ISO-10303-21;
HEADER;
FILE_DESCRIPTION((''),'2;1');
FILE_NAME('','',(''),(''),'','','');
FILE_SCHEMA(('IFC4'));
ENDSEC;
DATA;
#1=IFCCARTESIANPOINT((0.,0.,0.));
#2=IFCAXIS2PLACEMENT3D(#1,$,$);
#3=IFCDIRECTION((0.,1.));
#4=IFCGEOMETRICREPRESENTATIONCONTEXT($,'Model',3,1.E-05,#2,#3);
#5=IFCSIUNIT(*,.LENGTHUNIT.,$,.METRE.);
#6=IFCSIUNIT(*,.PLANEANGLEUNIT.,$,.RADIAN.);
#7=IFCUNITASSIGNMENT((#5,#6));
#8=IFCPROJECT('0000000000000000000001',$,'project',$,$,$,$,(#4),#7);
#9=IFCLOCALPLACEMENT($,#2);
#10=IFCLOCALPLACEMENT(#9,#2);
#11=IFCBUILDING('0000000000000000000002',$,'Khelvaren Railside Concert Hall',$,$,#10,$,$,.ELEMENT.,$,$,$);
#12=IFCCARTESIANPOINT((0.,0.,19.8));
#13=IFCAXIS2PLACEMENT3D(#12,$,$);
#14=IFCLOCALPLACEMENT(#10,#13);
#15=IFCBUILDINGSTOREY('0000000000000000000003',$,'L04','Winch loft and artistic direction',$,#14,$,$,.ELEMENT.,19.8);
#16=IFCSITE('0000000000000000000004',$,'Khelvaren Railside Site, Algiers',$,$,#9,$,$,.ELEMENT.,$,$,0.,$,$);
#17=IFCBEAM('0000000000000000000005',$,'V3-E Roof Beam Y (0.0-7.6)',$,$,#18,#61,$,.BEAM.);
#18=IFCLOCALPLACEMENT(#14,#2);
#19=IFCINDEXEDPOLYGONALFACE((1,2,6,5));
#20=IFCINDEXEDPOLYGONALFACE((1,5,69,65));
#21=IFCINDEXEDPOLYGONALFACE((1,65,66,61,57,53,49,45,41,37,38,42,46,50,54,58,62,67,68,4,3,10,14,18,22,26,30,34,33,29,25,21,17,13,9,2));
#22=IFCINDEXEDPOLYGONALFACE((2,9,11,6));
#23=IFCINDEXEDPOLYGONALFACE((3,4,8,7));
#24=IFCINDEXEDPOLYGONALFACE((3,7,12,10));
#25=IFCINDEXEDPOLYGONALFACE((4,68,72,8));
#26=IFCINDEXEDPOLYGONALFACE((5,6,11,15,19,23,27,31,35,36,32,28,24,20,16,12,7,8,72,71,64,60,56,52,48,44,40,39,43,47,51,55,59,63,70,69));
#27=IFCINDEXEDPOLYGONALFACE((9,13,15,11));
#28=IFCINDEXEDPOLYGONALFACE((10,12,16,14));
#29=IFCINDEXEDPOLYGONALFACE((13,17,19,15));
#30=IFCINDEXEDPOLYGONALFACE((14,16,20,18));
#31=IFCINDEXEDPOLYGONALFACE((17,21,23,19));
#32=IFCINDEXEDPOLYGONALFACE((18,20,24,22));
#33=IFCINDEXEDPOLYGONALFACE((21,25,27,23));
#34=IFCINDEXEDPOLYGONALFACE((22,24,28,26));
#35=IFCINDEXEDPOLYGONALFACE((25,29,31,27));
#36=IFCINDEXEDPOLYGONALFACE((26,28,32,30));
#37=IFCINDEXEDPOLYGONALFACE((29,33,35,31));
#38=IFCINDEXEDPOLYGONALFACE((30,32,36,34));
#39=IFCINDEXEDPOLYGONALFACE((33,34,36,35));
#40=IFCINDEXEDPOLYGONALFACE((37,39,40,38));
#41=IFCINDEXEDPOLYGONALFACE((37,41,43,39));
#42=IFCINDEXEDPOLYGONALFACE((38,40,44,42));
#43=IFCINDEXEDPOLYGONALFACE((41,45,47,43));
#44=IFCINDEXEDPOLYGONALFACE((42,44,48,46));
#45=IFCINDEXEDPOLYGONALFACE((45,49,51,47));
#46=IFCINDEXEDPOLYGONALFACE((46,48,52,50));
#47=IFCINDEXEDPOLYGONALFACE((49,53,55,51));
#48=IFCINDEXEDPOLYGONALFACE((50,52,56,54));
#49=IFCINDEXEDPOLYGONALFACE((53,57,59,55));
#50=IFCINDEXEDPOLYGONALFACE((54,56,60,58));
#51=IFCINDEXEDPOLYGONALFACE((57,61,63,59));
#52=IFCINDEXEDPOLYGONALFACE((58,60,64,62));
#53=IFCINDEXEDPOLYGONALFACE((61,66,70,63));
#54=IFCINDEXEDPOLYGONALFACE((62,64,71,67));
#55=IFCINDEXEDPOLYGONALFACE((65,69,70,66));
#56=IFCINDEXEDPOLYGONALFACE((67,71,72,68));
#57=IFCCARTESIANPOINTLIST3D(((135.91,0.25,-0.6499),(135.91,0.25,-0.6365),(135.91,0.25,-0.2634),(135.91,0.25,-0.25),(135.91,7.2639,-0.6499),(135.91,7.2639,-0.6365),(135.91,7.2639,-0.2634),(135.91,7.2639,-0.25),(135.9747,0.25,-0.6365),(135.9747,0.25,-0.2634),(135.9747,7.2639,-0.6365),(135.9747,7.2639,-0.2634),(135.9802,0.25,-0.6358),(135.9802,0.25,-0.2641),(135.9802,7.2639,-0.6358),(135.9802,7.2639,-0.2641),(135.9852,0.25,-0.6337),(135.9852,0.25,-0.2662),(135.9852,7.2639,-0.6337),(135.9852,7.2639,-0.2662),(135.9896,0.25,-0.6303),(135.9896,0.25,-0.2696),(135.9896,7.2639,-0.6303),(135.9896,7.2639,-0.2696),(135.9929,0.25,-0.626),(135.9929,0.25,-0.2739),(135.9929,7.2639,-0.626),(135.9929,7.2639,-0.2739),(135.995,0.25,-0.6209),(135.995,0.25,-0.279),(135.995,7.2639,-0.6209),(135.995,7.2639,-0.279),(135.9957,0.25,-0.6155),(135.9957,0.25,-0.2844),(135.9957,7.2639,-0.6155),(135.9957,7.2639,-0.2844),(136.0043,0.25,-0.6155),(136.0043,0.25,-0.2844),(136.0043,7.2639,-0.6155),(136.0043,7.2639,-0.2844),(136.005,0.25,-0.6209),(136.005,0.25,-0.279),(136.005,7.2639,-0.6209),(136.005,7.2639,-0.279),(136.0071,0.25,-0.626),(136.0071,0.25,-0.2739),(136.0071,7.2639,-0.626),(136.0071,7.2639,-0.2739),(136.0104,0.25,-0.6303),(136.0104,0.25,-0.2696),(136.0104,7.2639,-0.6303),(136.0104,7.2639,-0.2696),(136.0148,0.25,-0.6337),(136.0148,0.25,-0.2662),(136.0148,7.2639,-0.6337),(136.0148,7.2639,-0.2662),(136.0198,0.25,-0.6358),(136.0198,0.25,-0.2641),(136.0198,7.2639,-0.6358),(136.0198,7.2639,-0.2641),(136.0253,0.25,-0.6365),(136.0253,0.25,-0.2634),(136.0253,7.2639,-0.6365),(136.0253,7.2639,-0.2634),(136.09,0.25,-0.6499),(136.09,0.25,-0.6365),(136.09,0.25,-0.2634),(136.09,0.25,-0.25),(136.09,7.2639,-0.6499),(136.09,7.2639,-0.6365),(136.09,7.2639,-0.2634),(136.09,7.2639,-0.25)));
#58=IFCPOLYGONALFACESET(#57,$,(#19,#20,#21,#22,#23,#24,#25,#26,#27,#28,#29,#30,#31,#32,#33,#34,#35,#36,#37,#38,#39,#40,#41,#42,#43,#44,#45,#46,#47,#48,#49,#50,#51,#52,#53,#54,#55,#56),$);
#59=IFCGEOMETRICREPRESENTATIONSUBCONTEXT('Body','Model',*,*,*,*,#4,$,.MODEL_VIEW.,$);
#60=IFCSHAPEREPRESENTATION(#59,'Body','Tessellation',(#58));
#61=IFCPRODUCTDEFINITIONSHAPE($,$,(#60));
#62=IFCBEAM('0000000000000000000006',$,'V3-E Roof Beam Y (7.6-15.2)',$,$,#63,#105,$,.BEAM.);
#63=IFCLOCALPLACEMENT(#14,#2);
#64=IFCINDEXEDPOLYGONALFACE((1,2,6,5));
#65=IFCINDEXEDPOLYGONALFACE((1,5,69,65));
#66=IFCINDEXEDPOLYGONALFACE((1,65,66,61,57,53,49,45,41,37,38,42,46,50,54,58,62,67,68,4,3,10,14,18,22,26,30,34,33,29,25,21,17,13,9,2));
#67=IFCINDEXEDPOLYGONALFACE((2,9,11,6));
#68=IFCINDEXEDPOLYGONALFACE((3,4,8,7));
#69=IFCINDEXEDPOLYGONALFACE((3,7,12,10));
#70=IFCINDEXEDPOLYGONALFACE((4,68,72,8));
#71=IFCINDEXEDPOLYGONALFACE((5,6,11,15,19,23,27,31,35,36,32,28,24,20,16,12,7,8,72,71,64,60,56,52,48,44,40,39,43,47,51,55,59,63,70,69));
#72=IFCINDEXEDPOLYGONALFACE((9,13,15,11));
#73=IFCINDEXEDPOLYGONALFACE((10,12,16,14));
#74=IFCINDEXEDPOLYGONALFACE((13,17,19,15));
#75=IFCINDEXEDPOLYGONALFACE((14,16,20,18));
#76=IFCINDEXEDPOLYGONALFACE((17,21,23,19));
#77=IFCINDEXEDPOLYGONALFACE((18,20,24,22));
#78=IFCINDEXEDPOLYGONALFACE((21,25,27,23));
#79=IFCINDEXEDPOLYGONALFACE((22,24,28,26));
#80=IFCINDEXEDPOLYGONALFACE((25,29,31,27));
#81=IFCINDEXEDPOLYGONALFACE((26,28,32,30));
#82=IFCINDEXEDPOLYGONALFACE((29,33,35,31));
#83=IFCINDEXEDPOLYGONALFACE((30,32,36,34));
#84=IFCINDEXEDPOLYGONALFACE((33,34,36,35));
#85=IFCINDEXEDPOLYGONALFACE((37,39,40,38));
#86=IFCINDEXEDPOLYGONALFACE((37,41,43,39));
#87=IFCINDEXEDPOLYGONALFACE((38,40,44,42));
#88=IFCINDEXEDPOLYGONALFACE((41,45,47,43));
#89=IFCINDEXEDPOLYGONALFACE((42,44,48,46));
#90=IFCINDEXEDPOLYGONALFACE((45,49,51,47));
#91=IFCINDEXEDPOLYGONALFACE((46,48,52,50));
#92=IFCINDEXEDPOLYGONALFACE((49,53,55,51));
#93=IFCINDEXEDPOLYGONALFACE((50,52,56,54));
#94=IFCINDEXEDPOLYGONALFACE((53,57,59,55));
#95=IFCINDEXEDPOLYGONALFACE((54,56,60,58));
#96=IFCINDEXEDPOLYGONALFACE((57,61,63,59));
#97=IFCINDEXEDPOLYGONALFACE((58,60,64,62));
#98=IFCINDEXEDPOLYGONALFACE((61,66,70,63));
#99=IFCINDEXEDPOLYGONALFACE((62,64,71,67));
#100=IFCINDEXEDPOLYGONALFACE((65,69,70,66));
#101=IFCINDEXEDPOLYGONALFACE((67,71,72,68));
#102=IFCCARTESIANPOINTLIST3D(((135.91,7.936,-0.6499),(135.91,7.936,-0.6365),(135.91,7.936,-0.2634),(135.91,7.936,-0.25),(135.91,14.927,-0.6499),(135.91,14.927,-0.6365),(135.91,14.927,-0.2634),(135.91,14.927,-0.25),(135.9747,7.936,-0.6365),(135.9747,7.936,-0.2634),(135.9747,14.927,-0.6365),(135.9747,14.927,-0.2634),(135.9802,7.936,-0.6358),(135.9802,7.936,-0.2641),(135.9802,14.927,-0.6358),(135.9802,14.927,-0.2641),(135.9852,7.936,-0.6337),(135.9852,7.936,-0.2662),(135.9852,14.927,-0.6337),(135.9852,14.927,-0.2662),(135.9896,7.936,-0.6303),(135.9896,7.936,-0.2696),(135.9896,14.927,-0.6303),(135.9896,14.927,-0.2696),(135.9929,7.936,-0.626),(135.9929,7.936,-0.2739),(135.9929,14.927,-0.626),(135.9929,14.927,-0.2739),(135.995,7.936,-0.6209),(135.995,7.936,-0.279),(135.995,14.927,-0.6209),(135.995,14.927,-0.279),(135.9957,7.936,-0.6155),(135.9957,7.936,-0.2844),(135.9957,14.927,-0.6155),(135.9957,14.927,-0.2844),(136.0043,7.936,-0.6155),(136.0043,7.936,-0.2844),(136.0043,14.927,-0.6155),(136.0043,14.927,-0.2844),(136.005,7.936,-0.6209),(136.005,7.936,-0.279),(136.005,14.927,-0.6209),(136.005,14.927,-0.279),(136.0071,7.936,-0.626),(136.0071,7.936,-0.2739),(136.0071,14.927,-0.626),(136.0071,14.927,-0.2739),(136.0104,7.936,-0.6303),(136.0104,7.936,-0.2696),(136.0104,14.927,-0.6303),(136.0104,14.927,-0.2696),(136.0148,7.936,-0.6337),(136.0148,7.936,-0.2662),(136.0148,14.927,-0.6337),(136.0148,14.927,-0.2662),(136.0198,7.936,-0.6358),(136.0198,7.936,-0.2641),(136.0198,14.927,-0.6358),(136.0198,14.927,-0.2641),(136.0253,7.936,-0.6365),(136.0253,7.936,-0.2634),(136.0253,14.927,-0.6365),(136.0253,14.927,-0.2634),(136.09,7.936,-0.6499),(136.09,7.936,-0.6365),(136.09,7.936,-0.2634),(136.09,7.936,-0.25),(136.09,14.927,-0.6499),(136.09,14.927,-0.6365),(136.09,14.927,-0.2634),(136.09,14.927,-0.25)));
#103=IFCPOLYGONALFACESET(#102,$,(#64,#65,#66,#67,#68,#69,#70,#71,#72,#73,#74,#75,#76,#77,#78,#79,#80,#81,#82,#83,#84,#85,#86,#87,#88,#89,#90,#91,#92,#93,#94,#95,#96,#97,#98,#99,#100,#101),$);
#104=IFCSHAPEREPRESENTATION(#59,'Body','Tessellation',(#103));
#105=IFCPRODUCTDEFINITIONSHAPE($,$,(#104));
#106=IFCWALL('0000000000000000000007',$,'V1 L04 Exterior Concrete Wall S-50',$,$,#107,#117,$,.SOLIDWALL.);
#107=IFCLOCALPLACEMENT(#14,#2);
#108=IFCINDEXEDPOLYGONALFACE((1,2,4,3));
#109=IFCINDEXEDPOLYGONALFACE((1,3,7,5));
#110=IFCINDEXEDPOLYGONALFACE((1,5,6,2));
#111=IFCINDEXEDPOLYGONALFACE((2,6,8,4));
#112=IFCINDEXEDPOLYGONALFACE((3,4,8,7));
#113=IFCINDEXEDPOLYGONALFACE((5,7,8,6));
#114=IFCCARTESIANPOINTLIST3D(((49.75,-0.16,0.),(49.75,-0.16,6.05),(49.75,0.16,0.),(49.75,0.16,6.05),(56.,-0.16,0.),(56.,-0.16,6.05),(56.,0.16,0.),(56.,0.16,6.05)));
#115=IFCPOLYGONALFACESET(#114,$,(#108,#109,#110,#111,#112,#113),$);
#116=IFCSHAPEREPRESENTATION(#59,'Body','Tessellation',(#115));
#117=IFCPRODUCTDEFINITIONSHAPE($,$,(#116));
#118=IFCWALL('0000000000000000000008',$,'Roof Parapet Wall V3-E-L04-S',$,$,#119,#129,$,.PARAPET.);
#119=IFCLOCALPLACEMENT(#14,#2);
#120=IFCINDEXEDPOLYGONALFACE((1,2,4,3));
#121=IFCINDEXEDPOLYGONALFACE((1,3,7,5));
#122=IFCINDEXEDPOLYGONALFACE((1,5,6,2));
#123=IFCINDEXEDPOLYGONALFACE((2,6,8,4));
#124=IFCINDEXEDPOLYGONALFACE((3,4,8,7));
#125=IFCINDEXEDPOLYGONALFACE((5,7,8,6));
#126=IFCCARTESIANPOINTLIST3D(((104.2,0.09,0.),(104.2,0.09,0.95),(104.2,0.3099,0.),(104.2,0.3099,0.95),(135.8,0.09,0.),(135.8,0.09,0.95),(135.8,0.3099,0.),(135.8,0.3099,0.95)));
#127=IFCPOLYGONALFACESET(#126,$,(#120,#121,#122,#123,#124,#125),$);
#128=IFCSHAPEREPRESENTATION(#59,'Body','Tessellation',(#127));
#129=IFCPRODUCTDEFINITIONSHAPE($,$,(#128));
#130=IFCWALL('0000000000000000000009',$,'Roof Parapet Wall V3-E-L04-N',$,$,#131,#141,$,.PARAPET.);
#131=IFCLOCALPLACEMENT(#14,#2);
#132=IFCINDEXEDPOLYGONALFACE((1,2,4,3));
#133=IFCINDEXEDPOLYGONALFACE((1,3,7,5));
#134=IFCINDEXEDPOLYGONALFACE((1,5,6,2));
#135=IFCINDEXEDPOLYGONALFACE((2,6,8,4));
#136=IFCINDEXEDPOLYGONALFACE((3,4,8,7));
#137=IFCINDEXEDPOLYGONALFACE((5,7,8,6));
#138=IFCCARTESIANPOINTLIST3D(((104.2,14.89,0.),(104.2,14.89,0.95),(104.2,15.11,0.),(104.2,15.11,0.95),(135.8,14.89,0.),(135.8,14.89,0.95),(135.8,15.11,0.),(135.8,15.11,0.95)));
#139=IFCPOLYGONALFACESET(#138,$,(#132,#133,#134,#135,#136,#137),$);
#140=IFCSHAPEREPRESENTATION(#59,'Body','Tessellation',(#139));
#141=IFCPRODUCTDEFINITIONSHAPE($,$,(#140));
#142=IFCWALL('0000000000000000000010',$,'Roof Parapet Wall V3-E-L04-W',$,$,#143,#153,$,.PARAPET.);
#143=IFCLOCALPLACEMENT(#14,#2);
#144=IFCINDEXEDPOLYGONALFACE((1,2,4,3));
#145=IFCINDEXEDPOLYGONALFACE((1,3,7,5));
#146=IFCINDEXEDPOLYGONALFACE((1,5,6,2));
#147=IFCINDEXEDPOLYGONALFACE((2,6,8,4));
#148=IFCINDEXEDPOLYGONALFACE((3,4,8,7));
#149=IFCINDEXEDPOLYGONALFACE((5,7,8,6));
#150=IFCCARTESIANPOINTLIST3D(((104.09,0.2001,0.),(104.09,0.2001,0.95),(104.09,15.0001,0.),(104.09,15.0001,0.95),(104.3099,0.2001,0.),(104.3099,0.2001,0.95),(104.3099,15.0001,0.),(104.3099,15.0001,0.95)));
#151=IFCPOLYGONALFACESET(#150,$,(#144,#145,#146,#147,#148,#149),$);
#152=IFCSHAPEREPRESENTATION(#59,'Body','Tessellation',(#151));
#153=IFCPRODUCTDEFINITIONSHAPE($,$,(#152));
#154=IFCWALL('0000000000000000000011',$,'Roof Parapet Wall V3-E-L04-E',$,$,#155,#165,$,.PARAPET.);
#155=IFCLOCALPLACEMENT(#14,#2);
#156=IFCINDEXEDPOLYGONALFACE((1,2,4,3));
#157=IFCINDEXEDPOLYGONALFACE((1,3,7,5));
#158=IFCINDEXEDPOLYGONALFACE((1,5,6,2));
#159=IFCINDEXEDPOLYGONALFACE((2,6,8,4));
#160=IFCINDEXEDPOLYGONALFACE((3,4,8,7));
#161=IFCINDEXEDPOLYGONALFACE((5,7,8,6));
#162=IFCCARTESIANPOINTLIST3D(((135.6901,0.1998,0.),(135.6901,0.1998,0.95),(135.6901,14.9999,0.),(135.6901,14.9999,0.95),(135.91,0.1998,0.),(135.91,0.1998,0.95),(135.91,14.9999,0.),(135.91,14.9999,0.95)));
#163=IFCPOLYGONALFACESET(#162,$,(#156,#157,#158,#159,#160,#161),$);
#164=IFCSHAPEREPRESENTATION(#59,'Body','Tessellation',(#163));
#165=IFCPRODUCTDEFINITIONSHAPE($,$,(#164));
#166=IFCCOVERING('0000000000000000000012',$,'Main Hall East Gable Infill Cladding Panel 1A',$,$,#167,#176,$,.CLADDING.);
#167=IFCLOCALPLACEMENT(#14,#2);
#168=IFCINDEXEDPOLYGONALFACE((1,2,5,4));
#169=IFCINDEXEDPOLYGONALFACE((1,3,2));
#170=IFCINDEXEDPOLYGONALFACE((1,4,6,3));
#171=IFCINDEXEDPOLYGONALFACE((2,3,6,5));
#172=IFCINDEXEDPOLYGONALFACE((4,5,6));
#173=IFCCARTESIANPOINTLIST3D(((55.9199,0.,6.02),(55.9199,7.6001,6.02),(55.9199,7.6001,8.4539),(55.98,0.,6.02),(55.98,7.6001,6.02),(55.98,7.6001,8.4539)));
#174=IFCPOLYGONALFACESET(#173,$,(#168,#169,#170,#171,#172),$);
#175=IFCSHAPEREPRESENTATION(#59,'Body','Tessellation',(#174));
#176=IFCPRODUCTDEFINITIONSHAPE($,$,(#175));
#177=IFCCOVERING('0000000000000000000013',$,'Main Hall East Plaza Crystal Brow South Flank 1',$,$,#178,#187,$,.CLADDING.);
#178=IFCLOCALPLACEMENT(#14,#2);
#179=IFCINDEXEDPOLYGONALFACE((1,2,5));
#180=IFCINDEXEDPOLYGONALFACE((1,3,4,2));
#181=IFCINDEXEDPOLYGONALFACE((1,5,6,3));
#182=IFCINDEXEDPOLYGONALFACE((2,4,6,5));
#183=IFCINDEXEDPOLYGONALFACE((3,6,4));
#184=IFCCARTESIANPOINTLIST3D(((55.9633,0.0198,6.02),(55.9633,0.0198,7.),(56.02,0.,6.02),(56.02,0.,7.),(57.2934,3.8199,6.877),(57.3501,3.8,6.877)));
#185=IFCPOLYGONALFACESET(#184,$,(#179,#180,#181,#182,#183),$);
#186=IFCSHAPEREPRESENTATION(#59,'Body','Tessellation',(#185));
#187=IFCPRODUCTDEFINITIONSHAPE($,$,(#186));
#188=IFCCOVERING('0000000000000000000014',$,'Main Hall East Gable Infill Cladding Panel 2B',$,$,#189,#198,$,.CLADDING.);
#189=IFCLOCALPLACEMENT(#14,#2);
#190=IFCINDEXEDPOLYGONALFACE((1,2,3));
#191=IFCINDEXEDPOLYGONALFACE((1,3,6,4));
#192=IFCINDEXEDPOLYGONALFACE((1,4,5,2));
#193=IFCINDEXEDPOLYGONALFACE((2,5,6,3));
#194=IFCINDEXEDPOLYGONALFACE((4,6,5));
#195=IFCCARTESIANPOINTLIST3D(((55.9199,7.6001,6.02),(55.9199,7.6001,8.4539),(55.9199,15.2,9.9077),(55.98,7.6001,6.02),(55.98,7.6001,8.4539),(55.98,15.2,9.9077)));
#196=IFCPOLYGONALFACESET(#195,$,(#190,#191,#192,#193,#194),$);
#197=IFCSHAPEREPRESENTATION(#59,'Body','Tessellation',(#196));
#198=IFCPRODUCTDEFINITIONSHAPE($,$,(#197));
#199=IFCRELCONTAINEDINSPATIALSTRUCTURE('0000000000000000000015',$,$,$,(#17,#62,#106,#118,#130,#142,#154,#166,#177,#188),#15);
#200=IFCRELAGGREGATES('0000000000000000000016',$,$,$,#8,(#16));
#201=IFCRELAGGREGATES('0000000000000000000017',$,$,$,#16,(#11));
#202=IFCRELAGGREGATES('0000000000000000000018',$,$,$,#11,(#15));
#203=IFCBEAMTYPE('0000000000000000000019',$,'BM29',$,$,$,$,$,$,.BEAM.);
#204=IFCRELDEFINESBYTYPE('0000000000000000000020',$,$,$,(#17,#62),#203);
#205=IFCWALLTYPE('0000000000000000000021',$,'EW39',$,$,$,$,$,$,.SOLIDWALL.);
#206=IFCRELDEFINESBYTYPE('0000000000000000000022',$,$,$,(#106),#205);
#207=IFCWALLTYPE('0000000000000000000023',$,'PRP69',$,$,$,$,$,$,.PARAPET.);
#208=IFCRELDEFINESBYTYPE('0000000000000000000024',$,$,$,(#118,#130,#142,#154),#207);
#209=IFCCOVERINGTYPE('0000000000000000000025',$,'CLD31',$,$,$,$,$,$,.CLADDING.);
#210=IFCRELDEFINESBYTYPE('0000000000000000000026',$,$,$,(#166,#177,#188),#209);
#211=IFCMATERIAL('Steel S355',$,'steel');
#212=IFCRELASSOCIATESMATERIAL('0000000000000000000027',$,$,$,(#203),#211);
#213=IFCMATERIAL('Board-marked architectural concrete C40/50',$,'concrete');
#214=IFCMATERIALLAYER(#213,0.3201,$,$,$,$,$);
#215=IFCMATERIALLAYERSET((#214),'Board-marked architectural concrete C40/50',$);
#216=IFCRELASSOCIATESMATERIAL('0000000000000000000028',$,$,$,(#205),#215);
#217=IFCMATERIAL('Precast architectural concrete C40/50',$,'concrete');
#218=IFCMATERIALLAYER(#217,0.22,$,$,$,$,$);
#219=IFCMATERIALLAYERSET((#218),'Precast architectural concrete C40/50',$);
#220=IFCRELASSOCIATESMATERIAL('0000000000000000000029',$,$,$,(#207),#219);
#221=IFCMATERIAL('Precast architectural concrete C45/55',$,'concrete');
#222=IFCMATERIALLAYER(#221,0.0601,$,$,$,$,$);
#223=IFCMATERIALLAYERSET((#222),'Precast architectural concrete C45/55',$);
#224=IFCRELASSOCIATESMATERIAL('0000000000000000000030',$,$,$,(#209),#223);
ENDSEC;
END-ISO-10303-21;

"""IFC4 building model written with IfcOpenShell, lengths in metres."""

from ifc_helpers import new_model, si_unit, direction, frame, frame_2d, origin, origin_2d, place, context, subcontext, project, spatial, polyline, rectangle, i_section, outline, extrude, material, layer, layer_set, material_profile, profile_set, type_object, element, save


model = new_model("IFC4")

# Units and contexts
model_context = context("Model", 3, precision=1e-05, world=origin(), true_north=direction((0.0, 1.0)))
body_context = subcontext(model_context, "Body", "Model", "MODEL_VIEW")
ifc_project = project(units=[si_unit("LENGTHUNIT", "METRE"), si_unit("PLANEANGLEUNIT", "RADIAN")], contexts=[model_context])

# Site, building, storey
site_placement = place(None, origin())
site = spatial("IfcSite", under=ifc_project, at=site_placement, Name="Khelvaren Railside Site, Algiers", CompositionType="ELEMENT", RefElevation=0.0)
building_placement = place(site_placement, origin())
building = spatial("IfcBuilding", under=site, at=building_placement, Name="Khelvaren Railside Concert Hall", CompositionType="ELEMENT")
storey_placement = place(building_placement, frame((0.0, 0.0, 19.8)))
storey = spatial("IfcBuildingStorey", under=building, at=storey_placement, Name="L04", Description="Winch loft and artistic direction", CompositionType="ELEMENT", Elevation=19.8)

# Beams
ifc_material_1 = material(Name="Steel S355", Category="steel")
ifc_material_profile = material_profile(ifc_material_1, i_section(OverallWidth=0.1799, OverallDepth=0.3999, WebThickness=0.0085, FlangeThickness=0.0134, FilletRadius=0.021, at=origin_2d()), Name="IPE 400")
ifc_profile_set = profile_set([ifc_material_profile], Name="Steel S355")
beam_type = type_object("IfcBeamType", Name="BM29", PredefinedType="BEAM", material=ifc_profile_set)
for number, where, z_axis, x_axis, name in (
    (1, (136.0, 0.25, -0.45), (0.0, 1.0, 0.0), (-1.0, 0.0, 0.0), "V3-E Roof Beam Y (0.0-7.6)"),
):
    element("IfcBeam", number, at=place(storey_placement, frame(where, z_axis=z_axis, x_axis=x_axis)), inside=storey, type_object=beam_type, Name=name, PredefinedType="BEAM", context=body_context, shape_type="SweptSolid", body=[
        extrude(i_section(OverallWidth=0.1799, OverallDepth=0.3999, WebThickness=0.0085, FlangeThickness=0.0134, FilletRadius=0.021, at=origin_2d()), origin(), (0.0, 0.0, 1.0), 7.0139),
    ])
beam_1_placement = place(storey_placement, frame((136.0, 7.936, -0.45), z_axis=(0.0, 1.0, 0.0), x_axis=(-1.0, 0.0, 0.0)))
element("IfcBeam", 2, at=beam_1_placement, inside=storey, type_object=beam_type, Name="V3-E Roof Beam Y (7.6-15.2)", PredefinedType="BEAM", context=body_context, shape_type="SweptSolid", body=[
    extrude(i_section(OverallWidth=0.1799, OverallDepth=0.3999, WebThickness=0.0085, FlangeThickness=0.0134, FilletRadius=0.021, at=origin_2d()), origin(), (0.0, 0.0, 1.0), 6.991),
])

# Walls
ifc_material_2 = material(Name="Board-marked architectural concrete C40/50", Category="concrete")
ifc_layer_1 = layer(ifc_material_2, 0.3201)
ifc_layer_set_1 = layer_set([ifc_layer_1], Name="Board-marked architectural concrete C40/50")
wall_type_1 = type_object("IfcWallType", Name="EW39", PredefinedType="SOLIDWALL", material=ifc_layer_set_1)
wall_placement = place(storey_placement, frame((56.0, 0.0, 0.0), z_axis=(0.0, 0.0, 1.0), x_axis=(-1.0, 0.0, 0.0)))
element("IfcWall", 3, at=wall_placement, inside=storey, type_object=wall_type_1, Name="V1 L04 Exterior Concrete Wall S-50", PredefinedType="SOLIDWALL", context=body_context, shape_type="SweptSolid", body=[
    extrude(rectangle(XDim=6.25, YDim=0.3201, at=frame_2d((3.125, 0.0))), origin(), (0.0, 0.0, 1.0), 6.05),
])
ifc_material_3 = material(Name="Precast architectural concrete C40/50", Category="concrete")
ifc_layer_2 = layer(ifc_material_3, 0.22)
ifc_layer_set_2 = layer_set([ifc_layer_2], Name="Precast architectural concrete C40/50")
wall_type_2 = type_object("IfcWallType", Name="PRP69", PredefinedType="PARAPET", material=ifc_layer_set_2)
for number, where, z_axis, x_axis, name in (
    (4, (104.2, 0.2, 0.0), (0.0, 0.0, 1.0), (1.0, 0.0, 0.0), "Roof Parapet Wall V3-E-L04-S"),
    (5, (135.8, 15.0, 0.0), (0.0, 0.0, 1.0), (-1.0, 0.0, 0.0), "Roof Parapet Wall V3-E-L04-N"),
):
    element("IfcWall", number, at=place(storey_placement, frame(where, z_axis=z_axis, x_axis=x_axis)), inside=storey, type_object=wall_type_2, Name=name, PredefinedType="PARAPET", context=body_context, shape_type="SweptSolid", body=[
        extrude(rectangle(XDim=31.6001, YDim=0.22, at=frame_2d((15.8, 0.0))), origin(), (0.0, 0.0, 1.0), 0.95),
    ])
for number, where, z_axis, x_axis, name in (
    (6, (104.2, 15.0, 0.0), (0.0, 0.0, 1.0), (0.0, -1.0, 0.0), "Roof Parapet Wall V3-E-L04-W"),
    (7, (135.8, 0.2, 0.0), (0.0, 0.0, 1.0), (0.0, 1.0, 0.0), "Roof Parapet Wall V3-E-L04-E"),
):
    element("IfcWall", number, at=place(storey_placement, frame(where, z_axis=z_axis, x_axis=x_axis)), inside=storey, type_object=wall_type_2, Name=name, PredefinedType="PARAPET", context=body_context, shape_type="SweptSolid", body=[
        extrude(rectangle(XDim=14.8, YDim=0.22, at=frame_2d((7.3999, 0.0))), origin(), (0.0, 0.0, 1.0), 0.95),
    ])

# Coverings
ifc_material_4 = material(Name="Precast architectural concrete C45/55", Category="concrete")
ifc_layer_3 = layer(ifc_material_4, 0.0601)
ifc_layer_set_3 = layer_set([ifc_layer_3], Name="Precast architectural concrete C45/55")
covering_type_1 = type_object("IfcCoveringType", Name="CLD31", PredefinedType="CLADDING", material=ifc_layer_set_3)
covering_1_placement = place(storey_placement, frame((55.98, 0.0, 6.02), z_axis=(1.0, 0.0, 0.0), x_axis=(0.0, 1.0, 0.0)))
element("IfcCovering", 8, at=covering_1_placement, inside=storey, type_object=covering_type_1, Name="Main Hall East Gable Infill Cladding Panel 1A", PredefinedType="CLADDING", context=body_context, shape_type="SweptSolid", body=[
    extrude(outline(polyline([(0.0, 0.0), (7.6001, 0.0), (7.6001, 2.4338), (0.0, 0.0)])), origin(), (0.0, 0.0, -1.0), 0.0601),
])
covering_2_placement = place(storey_placement, frame((56.02, 0.0, 7.0), z_axis=(0.943854, -0.330364, 0.0), x_axis=(0.0, 0.0, -1.0)))
element("IfcCovering", 9, at=covering_2_placement, inside=storey, type_object=covering_type_1, Name="Main Hall East Plaza Crystal Brow South Flank 1", PredefinedType="CLADDING", context=body_context, shape_type="SweptSolid", body=[
    extrude(outline(polyline([(0.0, 0.0), (0.98, 0.0), (0.123, 4.0261), (0.0, 0.0)])), origin(), (0.0, 0.0, -1.0), 0.0601),
])
covering_3_placement = place(storey_placement, frame((55.98, 7.6001, 6.02), z_axis=(1.0, 0.0, 0.0), x_axis=(0.0, 0.890277, 0.45542)))
element("IfcCovering", 10, at=covering_3_placement, inside=storey, type_object=covering_type_1, Name="Main Hall East Gable Infill Cladding Panel 2B", PredefinedType="CLADDING", context=body_context, shape_type="SweptSolid", body=[
    extrude(outline(polyline([(0.0, 0.0), (8.5365, 0.0), (1.1084, 2.1668), (0.0, 0.0)])), origin(), (0.0, 0.0, -1.0), 0.0601),
])

save(model, "model.ifc")
